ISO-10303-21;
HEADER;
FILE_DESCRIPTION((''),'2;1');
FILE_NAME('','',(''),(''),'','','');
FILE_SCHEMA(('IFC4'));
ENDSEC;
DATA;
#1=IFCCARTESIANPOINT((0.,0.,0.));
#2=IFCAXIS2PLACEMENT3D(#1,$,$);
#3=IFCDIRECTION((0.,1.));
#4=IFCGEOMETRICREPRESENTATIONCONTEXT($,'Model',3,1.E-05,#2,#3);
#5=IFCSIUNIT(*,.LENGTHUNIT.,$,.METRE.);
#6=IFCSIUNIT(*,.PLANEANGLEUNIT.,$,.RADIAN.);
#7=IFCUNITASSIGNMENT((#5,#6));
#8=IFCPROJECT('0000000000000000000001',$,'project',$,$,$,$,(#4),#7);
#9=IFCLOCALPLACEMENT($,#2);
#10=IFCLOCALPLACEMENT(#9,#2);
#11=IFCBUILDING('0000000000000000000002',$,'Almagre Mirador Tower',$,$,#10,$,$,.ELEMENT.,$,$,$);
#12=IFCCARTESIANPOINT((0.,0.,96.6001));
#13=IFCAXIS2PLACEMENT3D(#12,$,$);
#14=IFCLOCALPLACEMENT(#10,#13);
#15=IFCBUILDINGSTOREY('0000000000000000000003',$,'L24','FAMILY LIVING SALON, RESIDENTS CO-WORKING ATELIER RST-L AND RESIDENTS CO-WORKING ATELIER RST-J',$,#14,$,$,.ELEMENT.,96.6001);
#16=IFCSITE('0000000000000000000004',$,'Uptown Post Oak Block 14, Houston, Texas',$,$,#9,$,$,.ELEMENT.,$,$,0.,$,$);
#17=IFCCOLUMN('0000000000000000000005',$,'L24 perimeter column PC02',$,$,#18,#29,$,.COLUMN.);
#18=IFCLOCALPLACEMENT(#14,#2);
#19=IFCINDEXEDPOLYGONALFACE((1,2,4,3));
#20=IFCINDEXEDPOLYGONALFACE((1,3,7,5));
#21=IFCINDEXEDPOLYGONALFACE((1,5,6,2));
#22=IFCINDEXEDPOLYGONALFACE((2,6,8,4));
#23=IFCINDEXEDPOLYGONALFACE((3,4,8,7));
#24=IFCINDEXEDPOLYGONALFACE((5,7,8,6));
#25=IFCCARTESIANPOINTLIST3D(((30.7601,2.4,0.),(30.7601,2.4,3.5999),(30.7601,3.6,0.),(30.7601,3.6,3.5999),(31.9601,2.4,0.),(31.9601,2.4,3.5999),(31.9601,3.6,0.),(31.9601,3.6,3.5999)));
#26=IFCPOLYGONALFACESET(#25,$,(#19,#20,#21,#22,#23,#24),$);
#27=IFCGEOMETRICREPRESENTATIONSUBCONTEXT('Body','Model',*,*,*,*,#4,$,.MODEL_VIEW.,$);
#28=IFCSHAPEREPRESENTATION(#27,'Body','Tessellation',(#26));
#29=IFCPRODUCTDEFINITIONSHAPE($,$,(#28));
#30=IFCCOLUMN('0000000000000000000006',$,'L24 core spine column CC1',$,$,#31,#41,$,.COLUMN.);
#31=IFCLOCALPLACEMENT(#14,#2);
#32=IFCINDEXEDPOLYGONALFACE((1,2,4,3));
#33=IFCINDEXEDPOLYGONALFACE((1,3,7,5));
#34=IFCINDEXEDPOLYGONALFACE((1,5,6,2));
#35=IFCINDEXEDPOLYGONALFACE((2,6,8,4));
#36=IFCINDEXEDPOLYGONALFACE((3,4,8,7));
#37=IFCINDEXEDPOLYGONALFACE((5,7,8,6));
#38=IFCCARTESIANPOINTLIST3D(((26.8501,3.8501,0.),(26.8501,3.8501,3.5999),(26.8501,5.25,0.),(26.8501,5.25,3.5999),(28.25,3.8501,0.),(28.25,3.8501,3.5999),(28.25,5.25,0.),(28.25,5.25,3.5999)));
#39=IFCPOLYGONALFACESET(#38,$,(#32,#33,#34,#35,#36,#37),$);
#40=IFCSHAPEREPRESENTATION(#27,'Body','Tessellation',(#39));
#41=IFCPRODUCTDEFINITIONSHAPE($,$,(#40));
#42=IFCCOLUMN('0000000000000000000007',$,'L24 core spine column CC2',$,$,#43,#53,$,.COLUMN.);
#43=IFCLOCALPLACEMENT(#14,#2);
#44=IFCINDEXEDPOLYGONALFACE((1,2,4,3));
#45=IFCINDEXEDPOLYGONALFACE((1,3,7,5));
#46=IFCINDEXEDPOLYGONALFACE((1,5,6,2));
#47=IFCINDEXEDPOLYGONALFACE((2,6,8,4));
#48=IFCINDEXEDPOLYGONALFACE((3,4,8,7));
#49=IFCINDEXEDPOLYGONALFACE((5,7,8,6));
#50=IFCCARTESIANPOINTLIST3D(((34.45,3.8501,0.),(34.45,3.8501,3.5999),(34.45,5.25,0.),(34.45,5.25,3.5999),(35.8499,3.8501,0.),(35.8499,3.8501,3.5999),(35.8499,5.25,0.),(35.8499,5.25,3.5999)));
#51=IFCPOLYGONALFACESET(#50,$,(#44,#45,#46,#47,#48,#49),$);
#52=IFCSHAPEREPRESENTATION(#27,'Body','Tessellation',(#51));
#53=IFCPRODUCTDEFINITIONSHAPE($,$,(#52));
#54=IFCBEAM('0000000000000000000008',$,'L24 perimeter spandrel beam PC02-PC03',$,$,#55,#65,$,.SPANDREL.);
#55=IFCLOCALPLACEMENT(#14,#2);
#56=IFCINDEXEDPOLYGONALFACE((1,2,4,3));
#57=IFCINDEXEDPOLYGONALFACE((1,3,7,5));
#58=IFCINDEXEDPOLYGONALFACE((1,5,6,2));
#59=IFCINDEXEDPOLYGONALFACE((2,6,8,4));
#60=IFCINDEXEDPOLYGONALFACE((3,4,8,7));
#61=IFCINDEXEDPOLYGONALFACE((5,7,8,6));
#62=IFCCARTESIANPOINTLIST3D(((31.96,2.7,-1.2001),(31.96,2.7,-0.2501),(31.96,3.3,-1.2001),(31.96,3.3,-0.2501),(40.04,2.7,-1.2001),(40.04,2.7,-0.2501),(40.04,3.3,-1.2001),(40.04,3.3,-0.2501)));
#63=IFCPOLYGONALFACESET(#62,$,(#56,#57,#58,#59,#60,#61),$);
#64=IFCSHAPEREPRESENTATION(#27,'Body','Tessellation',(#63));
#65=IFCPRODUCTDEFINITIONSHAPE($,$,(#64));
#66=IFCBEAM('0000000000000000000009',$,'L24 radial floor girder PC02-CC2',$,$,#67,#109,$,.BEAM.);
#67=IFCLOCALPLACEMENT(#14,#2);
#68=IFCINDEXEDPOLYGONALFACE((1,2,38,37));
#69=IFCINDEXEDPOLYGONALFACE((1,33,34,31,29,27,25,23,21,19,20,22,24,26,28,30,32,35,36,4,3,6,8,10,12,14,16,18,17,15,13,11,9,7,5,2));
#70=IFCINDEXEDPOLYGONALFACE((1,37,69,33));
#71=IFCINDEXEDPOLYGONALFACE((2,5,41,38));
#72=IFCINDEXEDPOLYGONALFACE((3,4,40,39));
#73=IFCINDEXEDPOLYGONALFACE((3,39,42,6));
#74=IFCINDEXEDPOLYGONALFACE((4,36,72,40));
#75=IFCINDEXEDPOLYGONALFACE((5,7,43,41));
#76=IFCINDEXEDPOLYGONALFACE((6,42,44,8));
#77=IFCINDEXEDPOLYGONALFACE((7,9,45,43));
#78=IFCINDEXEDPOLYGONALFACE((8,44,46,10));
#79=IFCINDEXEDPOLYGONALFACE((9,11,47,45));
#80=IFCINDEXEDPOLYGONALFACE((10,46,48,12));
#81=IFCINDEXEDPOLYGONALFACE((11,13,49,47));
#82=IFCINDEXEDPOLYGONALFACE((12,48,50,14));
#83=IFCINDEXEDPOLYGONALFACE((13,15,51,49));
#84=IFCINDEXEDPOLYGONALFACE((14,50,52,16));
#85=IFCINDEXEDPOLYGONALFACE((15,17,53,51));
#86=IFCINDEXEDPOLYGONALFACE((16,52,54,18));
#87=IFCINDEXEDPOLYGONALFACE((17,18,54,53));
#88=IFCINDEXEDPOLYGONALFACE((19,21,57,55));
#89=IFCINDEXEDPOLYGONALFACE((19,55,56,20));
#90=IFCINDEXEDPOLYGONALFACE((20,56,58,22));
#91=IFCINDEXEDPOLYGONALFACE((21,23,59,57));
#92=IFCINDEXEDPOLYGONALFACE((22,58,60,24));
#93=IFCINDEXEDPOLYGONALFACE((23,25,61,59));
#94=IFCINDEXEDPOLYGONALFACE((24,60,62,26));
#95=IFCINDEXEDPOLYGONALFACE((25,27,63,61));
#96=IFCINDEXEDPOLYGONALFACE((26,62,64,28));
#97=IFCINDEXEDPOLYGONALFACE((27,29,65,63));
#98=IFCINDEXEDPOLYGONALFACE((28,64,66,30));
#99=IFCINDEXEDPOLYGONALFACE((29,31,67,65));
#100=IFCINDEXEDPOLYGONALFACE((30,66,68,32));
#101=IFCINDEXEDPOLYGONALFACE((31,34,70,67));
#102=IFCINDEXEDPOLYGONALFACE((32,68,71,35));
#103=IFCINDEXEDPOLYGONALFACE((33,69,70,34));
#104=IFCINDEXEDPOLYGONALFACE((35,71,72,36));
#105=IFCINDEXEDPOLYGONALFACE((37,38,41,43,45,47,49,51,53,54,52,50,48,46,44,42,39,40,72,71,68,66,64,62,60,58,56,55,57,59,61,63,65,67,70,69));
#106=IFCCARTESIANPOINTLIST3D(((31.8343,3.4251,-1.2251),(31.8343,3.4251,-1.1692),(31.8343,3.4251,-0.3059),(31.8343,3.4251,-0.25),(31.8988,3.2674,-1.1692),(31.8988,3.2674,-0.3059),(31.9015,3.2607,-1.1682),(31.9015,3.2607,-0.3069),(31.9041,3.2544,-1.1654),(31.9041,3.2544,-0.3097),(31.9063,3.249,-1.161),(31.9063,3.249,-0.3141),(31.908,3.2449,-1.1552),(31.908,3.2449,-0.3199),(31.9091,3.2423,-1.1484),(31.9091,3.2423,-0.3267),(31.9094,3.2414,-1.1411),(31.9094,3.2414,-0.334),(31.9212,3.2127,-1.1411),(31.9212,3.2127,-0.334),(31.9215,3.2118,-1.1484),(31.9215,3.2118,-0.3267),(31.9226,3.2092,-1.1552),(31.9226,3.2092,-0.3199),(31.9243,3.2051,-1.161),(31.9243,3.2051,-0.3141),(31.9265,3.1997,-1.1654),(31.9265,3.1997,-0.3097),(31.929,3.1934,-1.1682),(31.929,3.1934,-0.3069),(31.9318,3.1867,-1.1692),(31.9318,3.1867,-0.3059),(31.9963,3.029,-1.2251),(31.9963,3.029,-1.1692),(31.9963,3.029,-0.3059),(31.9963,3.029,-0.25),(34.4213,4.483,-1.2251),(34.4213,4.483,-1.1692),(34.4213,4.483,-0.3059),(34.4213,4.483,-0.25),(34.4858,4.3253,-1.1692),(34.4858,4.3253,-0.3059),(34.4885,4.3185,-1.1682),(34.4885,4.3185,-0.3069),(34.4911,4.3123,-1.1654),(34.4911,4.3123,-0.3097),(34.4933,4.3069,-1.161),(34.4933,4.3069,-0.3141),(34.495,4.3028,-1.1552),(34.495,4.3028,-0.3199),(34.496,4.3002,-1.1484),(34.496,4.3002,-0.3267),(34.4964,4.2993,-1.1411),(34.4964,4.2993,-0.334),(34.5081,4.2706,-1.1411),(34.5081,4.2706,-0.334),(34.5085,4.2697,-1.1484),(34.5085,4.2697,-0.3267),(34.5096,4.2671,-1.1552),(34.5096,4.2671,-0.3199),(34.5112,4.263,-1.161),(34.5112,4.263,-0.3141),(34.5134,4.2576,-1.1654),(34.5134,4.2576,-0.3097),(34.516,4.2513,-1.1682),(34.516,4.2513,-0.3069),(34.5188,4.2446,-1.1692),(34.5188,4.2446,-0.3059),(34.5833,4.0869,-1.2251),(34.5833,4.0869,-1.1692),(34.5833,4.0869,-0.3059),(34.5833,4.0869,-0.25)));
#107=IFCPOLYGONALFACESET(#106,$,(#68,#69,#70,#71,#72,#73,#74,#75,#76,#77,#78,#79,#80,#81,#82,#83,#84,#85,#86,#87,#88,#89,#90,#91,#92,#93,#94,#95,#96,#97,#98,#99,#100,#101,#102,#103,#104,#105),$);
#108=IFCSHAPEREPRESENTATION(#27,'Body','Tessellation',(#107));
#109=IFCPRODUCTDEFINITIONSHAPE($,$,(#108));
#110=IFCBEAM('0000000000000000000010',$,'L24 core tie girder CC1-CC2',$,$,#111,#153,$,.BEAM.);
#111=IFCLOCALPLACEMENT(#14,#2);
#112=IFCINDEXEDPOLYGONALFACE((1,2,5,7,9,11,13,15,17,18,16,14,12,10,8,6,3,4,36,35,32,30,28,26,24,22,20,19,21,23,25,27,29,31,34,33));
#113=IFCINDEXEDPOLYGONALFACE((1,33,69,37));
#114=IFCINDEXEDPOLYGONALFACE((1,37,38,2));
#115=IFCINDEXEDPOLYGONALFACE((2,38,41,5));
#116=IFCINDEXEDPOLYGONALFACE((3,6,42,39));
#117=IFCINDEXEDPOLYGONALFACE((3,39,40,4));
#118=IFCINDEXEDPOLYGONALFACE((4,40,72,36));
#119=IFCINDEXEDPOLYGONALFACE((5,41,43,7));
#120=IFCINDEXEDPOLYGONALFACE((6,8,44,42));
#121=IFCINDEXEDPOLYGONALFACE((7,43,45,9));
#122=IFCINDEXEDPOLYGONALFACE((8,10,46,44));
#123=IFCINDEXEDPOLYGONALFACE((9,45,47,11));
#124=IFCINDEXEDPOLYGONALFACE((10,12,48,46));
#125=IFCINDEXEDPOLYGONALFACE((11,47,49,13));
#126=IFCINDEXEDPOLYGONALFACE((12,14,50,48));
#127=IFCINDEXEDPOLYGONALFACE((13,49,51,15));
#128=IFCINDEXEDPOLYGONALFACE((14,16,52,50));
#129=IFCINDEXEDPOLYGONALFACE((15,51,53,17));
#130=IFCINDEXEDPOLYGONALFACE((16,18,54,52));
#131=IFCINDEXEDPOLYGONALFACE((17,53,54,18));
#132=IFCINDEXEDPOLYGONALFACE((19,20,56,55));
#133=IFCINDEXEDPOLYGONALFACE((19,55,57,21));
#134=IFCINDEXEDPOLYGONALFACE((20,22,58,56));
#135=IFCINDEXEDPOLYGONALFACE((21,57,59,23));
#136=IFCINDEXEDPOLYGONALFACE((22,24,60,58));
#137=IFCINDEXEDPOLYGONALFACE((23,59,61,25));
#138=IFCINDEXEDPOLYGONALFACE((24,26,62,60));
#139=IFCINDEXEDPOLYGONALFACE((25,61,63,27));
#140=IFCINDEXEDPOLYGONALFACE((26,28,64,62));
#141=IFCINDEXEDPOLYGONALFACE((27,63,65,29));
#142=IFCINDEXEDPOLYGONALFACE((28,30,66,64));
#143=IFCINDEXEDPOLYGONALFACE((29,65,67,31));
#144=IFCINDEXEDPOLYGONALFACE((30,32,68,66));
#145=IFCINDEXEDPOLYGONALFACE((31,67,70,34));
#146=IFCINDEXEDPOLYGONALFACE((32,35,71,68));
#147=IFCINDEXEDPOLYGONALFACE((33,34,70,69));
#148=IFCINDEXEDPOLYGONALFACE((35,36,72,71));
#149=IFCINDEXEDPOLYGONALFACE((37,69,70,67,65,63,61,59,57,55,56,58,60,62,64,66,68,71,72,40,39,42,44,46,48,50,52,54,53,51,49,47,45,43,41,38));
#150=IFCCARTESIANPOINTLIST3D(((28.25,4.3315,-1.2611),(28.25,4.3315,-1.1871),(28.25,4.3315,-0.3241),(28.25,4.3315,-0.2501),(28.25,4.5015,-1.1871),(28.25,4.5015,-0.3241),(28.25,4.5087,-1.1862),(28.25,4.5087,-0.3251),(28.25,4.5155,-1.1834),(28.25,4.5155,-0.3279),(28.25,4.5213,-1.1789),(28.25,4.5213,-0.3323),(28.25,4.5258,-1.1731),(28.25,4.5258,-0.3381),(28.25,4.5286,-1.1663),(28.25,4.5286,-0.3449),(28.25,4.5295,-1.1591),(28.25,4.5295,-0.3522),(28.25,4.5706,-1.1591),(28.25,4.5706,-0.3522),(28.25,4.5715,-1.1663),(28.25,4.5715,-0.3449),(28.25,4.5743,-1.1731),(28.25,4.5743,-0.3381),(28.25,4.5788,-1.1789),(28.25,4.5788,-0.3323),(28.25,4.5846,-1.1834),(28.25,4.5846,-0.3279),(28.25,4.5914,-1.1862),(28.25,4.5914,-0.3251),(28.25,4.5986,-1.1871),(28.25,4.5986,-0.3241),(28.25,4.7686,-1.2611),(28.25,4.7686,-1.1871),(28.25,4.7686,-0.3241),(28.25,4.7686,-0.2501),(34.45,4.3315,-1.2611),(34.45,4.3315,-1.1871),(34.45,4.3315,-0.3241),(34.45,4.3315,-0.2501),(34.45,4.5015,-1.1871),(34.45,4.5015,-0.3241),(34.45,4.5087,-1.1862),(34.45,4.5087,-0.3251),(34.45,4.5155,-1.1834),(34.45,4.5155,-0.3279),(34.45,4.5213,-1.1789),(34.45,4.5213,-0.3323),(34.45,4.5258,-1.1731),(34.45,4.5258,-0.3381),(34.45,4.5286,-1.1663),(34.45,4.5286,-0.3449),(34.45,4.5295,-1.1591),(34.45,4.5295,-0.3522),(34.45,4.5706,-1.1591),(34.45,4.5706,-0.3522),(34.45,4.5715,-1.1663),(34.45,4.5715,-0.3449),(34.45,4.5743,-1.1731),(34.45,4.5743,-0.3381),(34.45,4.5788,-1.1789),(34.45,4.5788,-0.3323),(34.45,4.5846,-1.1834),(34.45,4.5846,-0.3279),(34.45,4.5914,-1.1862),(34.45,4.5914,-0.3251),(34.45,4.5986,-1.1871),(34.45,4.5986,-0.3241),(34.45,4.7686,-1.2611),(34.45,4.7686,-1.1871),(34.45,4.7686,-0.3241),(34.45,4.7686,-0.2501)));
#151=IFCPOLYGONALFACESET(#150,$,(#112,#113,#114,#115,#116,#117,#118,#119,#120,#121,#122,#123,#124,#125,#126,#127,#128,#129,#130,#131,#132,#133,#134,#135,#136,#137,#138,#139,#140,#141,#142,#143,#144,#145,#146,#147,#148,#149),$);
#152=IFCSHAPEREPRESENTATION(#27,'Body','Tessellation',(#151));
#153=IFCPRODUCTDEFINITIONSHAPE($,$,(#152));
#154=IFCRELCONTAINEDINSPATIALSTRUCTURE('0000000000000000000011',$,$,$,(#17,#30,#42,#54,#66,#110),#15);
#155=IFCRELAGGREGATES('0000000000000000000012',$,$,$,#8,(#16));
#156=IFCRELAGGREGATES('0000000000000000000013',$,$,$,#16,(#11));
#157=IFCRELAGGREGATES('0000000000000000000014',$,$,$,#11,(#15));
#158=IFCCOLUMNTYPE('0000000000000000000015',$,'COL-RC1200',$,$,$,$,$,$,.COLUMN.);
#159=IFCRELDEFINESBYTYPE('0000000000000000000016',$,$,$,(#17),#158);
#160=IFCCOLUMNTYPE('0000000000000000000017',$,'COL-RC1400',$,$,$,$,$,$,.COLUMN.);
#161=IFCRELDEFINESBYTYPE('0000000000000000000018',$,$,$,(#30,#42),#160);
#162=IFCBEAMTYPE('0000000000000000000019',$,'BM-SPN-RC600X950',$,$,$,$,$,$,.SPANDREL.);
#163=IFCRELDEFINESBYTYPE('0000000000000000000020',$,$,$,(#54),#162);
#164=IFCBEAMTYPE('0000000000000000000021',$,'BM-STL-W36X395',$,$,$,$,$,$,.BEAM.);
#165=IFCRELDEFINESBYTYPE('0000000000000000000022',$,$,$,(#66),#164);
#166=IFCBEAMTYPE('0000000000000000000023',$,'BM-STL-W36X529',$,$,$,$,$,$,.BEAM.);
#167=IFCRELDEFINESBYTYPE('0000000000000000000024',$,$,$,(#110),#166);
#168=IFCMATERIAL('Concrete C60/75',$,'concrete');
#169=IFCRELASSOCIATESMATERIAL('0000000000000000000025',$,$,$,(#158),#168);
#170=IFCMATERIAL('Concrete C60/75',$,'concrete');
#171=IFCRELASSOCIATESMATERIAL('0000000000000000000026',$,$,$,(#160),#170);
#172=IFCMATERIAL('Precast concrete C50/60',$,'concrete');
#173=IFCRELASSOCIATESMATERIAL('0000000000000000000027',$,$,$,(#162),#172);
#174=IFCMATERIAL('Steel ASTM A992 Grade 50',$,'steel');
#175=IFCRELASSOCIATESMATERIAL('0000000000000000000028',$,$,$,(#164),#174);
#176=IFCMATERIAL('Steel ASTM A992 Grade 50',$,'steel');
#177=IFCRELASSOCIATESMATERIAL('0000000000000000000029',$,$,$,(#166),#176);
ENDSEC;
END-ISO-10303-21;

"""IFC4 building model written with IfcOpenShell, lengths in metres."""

from ifc_helpers import new_model, si_unit, direction, frame, origin, origin_2d, place, context, subcontext, project, spatial, rectangle, i_section, extrude, material, material_profile, profile_set, type_object, element, save


model = new_model("IFC4")

# Units and contexts
model_context = context("Model", 3, precision=1e-05, world=origin(), true_north=direction((0.0, 1.0)))
body_context = subcontext(model_context, "Body", "Model", "MODEL_VIEW")
ifc_project = project(units=[si_unit("LENGTHUNIT", "METRE"), si_unit("PLANEANGLEUNIT", "RADIAN")], contexts=[model_context])

# Site, building, storey
site_placement = place(None, origin())
site = spatial("IfcSite", under=ifc_project, at=site_placement, Name="Uptown Post Oak Block 14, Houston, Texas", CompositionType="ELEMENT", RefElevation=0.0)
building_placement = place(site_placement, origin())
building = spatial("IfcBuilding", under=site, at=building_placement, Name="Almagre Mirador Tower", CompositionType="ELEMENT")
storey_placement = place(building_placement, frame((0.0, 0.0, 96.6001)))
storey = spatial("IfcBuildingStorey", under=building, at=storey_placement, Name="L24", Description="FAMILY LIVING SALON, RESIDENTS CO-WORKING ATELIER RST-L AND RESIDENTS CO-WORKING ATELIER RST-J", CompositionType="ELEMENT", Elevation=96.6001)

# Columns
ifc_material_1 = material(Name="Concrete C60/75", Category="concrete")
ifc_material_profile_1 = material_profile(ifc_material_1, rectangle(XDim=1.2, YDim=1.2, at=origin_2d()), Name="RC1200X1200")
ifc_profile_set_1 = profile_set([ifc_material_profile_1], Name="Concrete C60/75")
column_type_1 = type_object("IfcColumnType", Name="COL-RC1200", PredefinedType="COLUMN", material=ifc_profile_set_1)
column_placement = place(storey_placement, frame((31.3601, 3.0, 0.0), z_axis=(0.0, 0.0, 1.0), x_axis=(1.0, 0.0, 0.0)))
element("IfcColumn", 1, at=column_placement, inside=storey, type_object=column_type_1, Name="L24 perimeter column PC02", PredefinedType="COLUMN", context=body_context, shape_type="SweptSolid", body=[
    extrude(rectangle(XDim=1.2, YDim=1.2, at=origin_2d()), origin(), (0.0, 0.0, 1.0), 3.5999),
])
ifc_material_2 = material(Name="Concrete C60/75", Category="concrete")
ifc_material_profile_2 = material_profile(ifc_material_2, rectangle(XDim=1.3999, YDim=1.3999, at=origin_2d()), Name="RC1400X1400")
ifc_profile_set_2 = profile_set([ifc_material_profile_2], Name="Concrete C60/75")
column_type_2 = type_object("IfcColumnType", Name="COL-RC1400", PredefinedType="COLUMN", material=ifc_profile_set_2)
for number, where, z_axis, x_axis, name in (
    (2, (27.55, 4.55, 0.0), (0.0, 0.0, 1.0), (1.0, 0.0, 0.0), "L24 core spine column CC1"),
    (3, (35.1499, 4.55, 0.0), (0.0, 0.0, 1.0), (1.0, 0.0, 0.0), "L24 core spine column CC2"),
):
    element("IfcColumn", number, at=place(storey_placement, frame(where, z_axis=z_axis, x_axis=x_axis)), inside=storey, type_object=column_type_2, Name=name, PredefinedType="COLUMN", context=body_context, shape_type="SweptSolid", body=[
        extrude(rectangle(XDim=1.3999, YDim=1.3999, at=origin_2d()), origin(), (0.0, 0.0, 1.0), 3.5999),
    ])

# Beams
ifc_material_3 = material(Name="Precast concrete C50/60", Category="concrete")
ifc_material_profile_3 = material_profile(ifc_material_3, rectangle(XDim=0.6001, YDim=0.95, at=origin_2d()), Name="RC600X950")
ifc_profile_set_3 = profile_set([ifc_material_profile_3], Name="Precast concrete C50/60")
beam_type_1 = type_object("IfcBeamType", Name="BM-SPN-RC600X950", PredefinedType="SPANDREL", material=ifc_profile_set_3)
beam_1_placement = place(storey_placement, frame((31.96, 3.0, -0.7251), z_axis=(1.0, 0.0, 0.0), x_axis=(0.0, 1.0, 0.0)))
element("IfcBeam", 4, at=beam_1_placement, inside=storey, type_object=beam_type_1, Name="L24 perimeter spandrel beam PC02-PC03", PredefinedType="SPANDREL", context=body_context, shape_type="SweptSolid", body=[
    extrude(rectangle(XDim=0.6001, YDim=0.95, at=origin_2d()), origin(), (0.0, 0.0, 1.0), 8.0801),
])
ifc_material_4 = material(Name="Steel ASTM A992 Grade 50", Category="steel")
ifc_material_profile_4 = material_profile(ifc_material_4, i_section(OverallWidth=0.428, OverallDepth=0.9751, WebThickness=0.031, FlangeThickness=0.0559, FilletRadius=0.0281, at=origin_2d()), Name="W36X395")
ifc_profile_set_4 = profile_set([ifc_material_profile_4], Name="Steel ASTM A992 Grade 50")
beam_type_2 = type_object("IfcBeamType", Name="BM-STL-W36X395", PredefinedType="BEAM", material=ifc_profile_set_4)
beam_2_placement = place(storey_placement, frame((31.9153, 3.2271, -0.7375), z_axis=(0.9256, 0.378504, 0.0), x_axis=(-0.378504, 0.9256, 0.0)))
element("IfcBeam", 5, at=beam_2_placement, inside=storey, type_object=beam_type_2, Name="L24 radial floor girder PC02-CC2", PredefinedType="BEAM", context=body_context, shape_type="SweptSolid", body=[
    extrude(i_section(OverallWidth=0.428, OverallDepth=0.9751, WebThickness=0.031, FlangeThickness=0.0559, FilletRadius=0.0281, at=origin_2d()), origin(), (0.0, 0.0, 1.0), 2.7949),
])
ifc_material_5 = material(Name="Steel ASTM A992 Grade 50", Category="steel")
ifc_material_profile_5 = material_profile(ifc_material_5, i_section(OverallWidth=0.437, OverallDepth=1.011, WebThickness=0.041, FlangeThickness=0.074, FilletRadius=0.0281, at=origin_2d()), Name="W36X529")
ifc_profile_set_5 = profile_set([ifc_material_profile_5], Name="Steel ASTM A992 Grade 50")
beam_type_3 = type_object("IfcBeamType", Name="BM-STL-W36X529", PredefinedType="BEAM", material=ifc_profile_set_5)
beam_3_placement = place(storey_placement, frame((28.25, 4.55, -0.7556), z_axis=(1.0, 0.0, 0.0), x_axis=(0.0, 1.0, 0.0)))
element("IfcBeam", 6, at=beam_3_placement, inside=storey, type_object=beam_type_3, Name="L24 core tie girder CC1-CC2", PredefinedType="BEAM", context=body_context, shape_type="SweptSolid", body=[
    extrude(i_section(OverallWidth=0.437, OverallDepth=1.011, WebThickness=0.041, FlangeThickness=0.074, FilletRadius=0.0281, at=origin_2d()), origin(), (0.0, 0.0, 1.0), 6.2),
])

save(model, "model.ifc")
